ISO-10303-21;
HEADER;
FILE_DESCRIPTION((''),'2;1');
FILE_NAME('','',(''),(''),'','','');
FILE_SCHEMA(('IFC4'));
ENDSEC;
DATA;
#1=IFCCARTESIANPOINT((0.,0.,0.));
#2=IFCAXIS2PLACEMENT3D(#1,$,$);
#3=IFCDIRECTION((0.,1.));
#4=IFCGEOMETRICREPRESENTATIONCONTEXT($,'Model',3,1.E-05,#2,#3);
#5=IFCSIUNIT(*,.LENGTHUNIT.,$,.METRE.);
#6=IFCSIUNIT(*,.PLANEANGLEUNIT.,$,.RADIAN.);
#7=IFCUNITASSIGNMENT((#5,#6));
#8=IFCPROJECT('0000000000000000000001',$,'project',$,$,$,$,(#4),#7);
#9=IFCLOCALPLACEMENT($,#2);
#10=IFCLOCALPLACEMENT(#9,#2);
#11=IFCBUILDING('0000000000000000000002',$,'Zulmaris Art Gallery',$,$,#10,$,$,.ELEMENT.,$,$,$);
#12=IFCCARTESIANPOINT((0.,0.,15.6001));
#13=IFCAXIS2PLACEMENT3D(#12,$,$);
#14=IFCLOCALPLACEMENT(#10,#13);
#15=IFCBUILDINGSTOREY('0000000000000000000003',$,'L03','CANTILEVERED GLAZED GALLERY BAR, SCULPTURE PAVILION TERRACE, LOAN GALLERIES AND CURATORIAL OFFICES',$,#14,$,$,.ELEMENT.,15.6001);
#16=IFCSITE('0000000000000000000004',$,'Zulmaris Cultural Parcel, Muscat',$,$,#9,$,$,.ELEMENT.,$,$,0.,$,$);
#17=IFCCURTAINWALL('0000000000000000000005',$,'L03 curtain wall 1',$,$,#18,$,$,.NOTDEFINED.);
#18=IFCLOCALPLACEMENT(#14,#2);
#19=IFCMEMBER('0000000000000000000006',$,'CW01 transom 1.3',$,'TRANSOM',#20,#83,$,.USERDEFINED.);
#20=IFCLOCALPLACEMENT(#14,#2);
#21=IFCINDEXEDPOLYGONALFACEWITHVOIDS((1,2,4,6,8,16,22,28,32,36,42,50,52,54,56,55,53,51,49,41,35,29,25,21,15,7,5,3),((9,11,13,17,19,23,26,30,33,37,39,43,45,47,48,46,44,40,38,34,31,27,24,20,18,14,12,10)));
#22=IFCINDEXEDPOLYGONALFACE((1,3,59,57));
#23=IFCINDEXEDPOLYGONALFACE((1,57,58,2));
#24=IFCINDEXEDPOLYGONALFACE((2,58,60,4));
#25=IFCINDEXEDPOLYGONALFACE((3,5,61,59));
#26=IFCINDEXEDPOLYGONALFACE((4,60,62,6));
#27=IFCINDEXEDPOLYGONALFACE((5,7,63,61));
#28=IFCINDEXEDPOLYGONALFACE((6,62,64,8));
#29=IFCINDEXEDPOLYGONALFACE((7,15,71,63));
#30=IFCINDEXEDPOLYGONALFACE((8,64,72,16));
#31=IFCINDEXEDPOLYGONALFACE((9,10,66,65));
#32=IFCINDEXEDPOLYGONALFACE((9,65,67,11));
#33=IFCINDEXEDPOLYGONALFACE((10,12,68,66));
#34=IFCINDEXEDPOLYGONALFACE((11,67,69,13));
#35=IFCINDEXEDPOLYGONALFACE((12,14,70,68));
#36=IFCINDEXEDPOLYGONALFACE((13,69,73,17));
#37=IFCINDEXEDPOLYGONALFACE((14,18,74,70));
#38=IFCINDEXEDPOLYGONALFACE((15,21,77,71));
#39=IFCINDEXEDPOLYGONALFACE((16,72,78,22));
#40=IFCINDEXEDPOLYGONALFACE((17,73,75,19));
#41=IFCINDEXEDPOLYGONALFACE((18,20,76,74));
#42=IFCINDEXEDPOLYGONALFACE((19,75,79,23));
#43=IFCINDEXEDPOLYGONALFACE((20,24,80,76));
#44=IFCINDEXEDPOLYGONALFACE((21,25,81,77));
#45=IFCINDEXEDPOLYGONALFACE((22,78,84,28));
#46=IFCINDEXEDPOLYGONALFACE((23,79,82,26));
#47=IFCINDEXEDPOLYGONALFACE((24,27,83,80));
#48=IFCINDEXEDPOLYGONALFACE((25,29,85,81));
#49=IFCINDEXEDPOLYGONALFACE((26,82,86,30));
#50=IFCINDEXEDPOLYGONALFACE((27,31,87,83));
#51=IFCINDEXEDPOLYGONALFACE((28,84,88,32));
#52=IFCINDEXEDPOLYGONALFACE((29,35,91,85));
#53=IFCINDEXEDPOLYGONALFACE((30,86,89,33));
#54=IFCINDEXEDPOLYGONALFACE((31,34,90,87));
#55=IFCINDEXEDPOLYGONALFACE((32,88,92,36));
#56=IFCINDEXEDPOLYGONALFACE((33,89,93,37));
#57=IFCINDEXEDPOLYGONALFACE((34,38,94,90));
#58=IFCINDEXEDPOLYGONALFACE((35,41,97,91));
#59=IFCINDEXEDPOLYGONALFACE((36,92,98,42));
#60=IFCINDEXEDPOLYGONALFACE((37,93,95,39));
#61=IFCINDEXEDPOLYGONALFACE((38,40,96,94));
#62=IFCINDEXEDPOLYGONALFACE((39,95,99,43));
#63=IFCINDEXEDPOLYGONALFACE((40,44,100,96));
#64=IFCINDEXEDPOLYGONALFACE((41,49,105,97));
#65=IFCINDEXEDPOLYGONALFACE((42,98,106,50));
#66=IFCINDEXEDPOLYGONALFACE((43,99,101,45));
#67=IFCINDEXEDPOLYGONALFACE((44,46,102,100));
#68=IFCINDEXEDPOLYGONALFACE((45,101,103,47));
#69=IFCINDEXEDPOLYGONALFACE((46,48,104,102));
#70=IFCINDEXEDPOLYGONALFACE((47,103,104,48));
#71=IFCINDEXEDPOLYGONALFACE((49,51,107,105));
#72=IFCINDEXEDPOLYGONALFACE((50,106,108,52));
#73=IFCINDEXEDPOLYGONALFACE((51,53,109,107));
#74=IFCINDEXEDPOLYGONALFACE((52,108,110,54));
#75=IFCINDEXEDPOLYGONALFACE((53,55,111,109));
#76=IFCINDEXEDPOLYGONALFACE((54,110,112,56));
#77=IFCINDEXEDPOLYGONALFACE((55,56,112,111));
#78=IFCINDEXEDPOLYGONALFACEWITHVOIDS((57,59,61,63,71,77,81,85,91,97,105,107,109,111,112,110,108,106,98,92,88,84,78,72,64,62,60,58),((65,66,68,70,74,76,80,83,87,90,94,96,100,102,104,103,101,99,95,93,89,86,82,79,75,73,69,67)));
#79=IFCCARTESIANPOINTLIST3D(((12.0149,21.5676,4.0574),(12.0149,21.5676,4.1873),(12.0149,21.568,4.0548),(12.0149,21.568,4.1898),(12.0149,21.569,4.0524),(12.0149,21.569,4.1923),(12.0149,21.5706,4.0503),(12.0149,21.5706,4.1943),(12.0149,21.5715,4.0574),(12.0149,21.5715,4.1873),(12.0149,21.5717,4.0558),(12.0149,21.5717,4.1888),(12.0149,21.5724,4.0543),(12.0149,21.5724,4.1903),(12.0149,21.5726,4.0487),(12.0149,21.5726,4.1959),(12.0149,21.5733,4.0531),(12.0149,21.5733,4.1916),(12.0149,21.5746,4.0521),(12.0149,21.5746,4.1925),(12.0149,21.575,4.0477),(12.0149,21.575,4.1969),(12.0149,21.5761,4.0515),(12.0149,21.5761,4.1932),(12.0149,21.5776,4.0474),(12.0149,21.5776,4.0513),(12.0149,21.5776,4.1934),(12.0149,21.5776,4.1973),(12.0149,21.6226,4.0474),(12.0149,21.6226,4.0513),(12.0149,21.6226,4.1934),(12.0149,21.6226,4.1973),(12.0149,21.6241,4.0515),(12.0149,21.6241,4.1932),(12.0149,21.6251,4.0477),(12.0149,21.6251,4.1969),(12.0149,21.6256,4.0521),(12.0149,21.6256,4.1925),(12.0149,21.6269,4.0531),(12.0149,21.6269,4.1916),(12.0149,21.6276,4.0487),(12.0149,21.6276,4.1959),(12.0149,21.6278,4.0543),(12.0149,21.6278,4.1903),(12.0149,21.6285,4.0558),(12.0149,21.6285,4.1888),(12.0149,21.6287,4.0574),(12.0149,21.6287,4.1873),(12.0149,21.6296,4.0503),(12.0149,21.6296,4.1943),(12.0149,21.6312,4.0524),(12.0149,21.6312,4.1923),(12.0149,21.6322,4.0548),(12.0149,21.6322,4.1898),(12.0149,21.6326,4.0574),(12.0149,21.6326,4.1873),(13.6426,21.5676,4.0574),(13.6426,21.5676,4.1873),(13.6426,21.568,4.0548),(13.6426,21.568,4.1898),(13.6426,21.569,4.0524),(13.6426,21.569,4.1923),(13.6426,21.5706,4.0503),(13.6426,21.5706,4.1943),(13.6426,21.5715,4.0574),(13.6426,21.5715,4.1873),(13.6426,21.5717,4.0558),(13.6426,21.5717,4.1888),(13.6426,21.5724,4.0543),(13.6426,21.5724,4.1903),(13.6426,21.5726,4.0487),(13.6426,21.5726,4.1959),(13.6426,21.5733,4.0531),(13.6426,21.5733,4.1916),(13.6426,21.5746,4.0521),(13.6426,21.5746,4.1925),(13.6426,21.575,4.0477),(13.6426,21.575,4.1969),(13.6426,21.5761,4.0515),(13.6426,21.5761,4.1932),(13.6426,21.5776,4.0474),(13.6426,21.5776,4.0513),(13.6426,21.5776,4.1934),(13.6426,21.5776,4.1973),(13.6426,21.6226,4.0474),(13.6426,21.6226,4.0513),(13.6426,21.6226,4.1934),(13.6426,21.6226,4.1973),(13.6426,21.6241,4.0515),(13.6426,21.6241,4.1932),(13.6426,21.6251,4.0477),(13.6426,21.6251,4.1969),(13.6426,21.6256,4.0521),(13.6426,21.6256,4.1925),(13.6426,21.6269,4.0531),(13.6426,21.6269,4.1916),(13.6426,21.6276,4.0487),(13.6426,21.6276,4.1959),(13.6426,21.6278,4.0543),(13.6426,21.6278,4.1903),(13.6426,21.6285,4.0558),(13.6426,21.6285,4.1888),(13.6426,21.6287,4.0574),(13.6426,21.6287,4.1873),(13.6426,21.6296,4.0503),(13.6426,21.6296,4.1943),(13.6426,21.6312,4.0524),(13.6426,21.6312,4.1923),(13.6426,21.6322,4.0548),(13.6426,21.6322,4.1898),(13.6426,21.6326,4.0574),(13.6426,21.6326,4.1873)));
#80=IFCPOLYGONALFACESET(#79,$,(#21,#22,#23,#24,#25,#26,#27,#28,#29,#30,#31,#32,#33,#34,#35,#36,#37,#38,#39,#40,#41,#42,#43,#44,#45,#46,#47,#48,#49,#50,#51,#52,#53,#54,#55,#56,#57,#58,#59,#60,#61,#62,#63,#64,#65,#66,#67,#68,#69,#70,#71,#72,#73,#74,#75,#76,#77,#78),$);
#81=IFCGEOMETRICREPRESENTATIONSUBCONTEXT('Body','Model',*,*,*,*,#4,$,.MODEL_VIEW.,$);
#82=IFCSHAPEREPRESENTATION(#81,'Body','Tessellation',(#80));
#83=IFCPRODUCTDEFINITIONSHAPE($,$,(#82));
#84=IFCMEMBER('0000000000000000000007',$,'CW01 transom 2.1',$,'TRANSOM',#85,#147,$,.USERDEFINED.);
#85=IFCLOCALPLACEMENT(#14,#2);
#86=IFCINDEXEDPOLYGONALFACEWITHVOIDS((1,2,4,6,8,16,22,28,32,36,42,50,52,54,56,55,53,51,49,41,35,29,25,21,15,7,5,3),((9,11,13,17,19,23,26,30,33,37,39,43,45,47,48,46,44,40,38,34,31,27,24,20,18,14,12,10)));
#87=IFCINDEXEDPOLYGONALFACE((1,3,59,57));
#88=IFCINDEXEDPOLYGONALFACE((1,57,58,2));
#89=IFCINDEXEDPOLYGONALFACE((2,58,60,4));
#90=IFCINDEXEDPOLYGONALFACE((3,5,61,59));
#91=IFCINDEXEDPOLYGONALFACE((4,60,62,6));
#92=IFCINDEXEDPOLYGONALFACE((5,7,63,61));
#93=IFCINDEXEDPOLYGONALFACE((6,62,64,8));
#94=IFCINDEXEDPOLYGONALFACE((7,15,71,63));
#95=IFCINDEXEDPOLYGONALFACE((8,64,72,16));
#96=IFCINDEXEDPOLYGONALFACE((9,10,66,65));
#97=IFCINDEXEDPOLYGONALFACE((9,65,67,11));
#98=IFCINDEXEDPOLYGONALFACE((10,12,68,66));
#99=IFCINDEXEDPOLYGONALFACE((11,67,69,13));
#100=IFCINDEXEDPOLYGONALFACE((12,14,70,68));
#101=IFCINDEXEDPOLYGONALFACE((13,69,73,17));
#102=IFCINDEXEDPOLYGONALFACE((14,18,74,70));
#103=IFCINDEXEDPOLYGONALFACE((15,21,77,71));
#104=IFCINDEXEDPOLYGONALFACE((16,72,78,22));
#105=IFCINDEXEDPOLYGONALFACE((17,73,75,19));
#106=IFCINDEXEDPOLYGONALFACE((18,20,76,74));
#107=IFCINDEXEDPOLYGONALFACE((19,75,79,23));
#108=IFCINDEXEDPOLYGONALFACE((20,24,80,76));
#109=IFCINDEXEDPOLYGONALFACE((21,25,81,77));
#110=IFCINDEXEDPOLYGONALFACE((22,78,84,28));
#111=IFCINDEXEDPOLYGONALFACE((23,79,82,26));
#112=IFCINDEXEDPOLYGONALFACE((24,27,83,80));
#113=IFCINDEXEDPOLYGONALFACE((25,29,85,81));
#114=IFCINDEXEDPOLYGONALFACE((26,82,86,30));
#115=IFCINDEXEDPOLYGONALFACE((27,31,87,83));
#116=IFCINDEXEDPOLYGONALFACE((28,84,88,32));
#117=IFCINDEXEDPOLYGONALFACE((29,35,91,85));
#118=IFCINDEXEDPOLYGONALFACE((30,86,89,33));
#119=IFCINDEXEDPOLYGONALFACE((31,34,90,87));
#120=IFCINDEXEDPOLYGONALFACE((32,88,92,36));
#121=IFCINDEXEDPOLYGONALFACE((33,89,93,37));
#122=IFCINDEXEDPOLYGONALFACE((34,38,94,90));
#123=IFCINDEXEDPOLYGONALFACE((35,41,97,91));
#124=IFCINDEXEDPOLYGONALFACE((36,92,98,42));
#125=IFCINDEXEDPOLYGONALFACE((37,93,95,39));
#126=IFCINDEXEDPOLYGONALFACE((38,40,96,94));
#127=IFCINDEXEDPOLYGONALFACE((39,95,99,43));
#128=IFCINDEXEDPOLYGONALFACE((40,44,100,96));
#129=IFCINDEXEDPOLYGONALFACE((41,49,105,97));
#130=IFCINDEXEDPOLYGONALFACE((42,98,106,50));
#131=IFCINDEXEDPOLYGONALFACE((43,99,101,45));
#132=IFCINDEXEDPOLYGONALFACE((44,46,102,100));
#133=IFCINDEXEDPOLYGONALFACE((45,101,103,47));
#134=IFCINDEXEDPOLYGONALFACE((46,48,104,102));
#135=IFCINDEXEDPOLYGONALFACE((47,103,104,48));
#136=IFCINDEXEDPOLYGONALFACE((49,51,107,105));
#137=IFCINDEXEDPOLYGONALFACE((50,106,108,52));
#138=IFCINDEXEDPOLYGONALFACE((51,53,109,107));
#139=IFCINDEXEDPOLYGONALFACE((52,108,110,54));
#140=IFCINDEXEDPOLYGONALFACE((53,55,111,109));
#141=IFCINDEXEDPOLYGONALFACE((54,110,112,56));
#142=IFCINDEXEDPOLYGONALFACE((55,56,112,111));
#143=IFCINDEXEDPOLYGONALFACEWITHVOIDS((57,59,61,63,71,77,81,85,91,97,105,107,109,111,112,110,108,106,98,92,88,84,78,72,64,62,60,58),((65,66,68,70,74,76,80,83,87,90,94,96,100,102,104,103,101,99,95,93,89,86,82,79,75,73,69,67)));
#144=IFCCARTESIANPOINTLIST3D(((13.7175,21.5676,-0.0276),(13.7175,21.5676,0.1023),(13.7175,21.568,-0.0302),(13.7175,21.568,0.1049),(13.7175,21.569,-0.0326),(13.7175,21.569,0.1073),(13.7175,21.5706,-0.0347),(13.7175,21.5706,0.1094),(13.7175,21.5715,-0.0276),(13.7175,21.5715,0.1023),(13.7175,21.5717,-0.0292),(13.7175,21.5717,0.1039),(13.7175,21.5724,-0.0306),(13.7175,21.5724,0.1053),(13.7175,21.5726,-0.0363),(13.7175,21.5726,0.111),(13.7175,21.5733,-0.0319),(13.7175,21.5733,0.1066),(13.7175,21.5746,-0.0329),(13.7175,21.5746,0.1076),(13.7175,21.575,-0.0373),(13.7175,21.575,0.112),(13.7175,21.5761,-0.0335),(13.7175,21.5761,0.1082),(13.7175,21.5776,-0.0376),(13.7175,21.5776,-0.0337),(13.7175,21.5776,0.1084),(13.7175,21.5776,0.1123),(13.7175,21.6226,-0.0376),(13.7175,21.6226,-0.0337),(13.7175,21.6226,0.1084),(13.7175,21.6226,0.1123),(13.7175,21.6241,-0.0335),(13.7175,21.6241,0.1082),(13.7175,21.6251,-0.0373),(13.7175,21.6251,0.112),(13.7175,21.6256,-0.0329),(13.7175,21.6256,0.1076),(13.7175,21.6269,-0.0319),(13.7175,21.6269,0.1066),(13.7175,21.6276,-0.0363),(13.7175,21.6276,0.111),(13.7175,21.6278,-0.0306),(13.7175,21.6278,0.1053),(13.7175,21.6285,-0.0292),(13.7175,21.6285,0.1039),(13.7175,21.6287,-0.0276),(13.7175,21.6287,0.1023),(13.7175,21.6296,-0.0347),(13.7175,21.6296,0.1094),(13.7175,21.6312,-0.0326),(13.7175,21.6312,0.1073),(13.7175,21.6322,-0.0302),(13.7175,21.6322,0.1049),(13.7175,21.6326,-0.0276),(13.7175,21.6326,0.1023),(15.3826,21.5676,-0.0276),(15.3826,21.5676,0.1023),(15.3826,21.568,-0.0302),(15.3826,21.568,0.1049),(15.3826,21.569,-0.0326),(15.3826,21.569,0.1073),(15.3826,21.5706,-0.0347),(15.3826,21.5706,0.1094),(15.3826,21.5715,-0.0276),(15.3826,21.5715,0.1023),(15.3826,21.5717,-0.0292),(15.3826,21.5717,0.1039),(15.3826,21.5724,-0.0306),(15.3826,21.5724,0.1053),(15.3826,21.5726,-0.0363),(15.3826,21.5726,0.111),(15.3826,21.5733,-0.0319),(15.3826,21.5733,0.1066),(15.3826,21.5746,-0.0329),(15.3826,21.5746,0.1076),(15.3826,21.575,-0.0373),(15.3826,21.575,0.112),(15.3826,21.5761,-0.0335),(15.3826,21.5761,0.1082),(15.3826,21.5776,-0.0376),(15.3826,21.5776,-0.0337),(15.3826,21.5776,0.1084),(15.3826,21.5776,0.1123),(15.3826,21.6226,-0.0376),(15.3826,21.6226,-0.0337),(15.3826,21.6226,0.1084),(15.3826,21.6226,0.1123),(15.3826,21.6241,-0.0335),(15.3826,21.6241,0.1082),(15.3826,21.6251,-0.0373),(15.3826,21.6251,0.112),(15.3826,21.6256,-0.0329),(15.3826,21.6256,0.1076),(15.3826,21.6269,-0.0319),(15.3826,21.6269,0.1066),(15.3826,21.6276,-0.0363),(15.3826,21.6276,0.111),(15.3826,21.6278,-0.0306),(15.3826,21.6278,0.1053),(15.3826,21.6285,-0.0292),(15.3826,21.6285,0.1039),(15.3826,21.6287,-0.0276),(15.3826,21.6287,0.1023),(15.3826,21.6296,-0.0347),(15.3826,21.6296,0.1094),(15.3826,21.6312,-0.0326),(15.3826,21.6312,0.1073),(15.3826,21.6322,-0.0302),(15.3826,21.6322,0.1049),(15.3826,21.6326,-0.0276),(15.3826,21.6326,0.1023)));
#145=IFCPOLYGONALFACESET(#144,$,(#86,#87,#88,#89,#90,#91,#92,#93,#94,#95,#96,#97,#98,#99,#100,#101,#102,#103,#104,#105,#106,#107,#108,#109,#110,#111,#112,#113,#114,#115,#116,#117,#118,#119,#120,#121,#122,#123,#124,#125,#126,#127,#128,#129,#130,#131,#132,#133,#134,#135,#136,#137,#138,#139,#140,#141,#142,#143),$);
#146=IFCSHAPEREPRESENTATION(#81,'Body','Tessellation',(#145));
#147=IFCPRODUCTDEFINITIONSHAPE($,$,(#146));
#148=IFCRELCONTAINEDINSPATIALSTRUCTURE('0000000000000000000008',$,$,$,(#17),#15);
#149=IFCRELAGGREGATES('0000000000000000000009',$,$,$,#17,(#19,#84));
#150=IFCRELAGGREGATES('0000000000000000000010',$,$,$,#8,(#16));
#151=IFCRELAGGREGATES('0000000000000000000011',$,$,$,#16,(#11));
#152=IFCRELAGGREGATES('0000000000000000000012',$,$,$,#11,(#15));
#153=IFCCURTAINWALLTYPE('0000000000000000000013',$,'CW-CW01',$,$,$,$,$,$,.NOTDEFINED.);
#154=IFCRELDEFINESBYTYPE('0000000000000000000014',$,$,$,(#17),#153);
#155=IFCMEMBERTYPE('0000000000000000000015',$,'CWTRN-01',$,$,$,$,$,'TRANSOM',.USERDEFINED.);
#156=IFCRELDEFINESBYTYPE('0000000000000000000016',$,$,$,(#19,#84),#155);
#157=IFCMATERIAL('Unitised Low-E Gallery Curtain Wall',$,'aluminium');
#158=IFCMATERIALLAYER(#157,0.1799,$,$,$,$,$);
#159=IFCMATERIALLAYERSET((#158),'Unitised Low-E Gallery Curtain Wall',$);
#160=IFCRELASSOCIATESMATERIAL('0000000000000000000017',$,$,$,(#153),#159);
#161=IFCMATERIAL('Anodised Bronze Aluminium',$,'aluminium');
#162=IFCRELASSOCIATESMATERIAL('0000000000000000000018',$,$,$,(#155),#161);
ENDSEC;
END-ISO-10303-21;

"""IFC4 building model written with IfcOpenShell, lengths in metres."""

from ifc_helpers import new_model, si_unit, direction, frame, origin, origin_2d, place, context, subcontext, project, spatial, hollow_rectangle, extrude, material, layer, layer_set, material_profile, profile_set, type_object, element, aggregate, save


model = new_model("IFC4")

# Units and contexts
model_context = context("Model", 3, precision=1e-05, world=origin(), true_north=direction((0.0, 1.0)))
body_context = subcontext(model_context, "Body", "Model", "MODEL_VIEW")
ifc_project = project(units=[si_unit("LENGTHUNIT", "METRE"), si_unit("PLANEANGLEUNIT", "RADIAN")], contexts=[model_context])

# Site, building, storey
site_placement = place(None, origin())
site = spatial("IfcSite", under=ifc_project, at=site_placement, Name="Zulmaris Cultural Parcel, Muscat", CompositionType="ELEMENT", RefElevation=0.0)
building_placement = place(site_placement, origin())
building = spatial("IfcBuilding", under=site, at=building_placement, Name="Zulmaris Art Gallery", CompositionType="ELEMENT")
storey_placement = place(building_placement, frame((0.0, 0.0, 15.6001)))
storey = spatial("IfcBuildingStorey", under=building, at=storey_placement, Name="L03", Description="CANTILEVERED GLAZED GALLERY BAR, SCULPTURE PAVILION TERRACE, LOAN GALLERIES AND CURATORIAL OFFICES", CompositionType="ELEMENT", Elevation=15.6001)

# Curtain wall
ifc_material_1 = material(Name="Unitised Low-E Gallery Curtain Wall", Category="aluminium")
ifc_layer_1 = layer(ifc_material_1, 0.1799)
ifc_layer_set_1 = layer_set([ifc_layer_1], Name="Unitised Low-E Gallery Curtain Wall")
curtain_wall_type = type_object("IfcCurtainWallType", Name="CW-CW01", PredefinedType="NOTDEFINED", material=ifc_layer_set_1)
curtain_wall_1_placement = place(storey_placement, origin())
curtain_wall_1 = element("IfcCurtainWall", 1, at=curtain_wall_1_placement, inside=storey, type_object=curtain_wall_type, Name="L03 curtain wall 1", PredefinedType="NOTDEFINED")
ifc_material_2 = material(Name="Anodised Bronze Aluminium", Category="aluminium")

# Members
ifc_material_profile_1 = material_profile(ifc_material_2, hollow_rectangle(XDim=0.0649, YDim=0.1499, WallThickness=0.0039, InnerFilletRadius=0.0061, OuterFilletRadius=0.01, at=origin_2d()), Name="ALU 65x150x4")
ifc_profile_set_1 = profile_set([ifc_material_profile_1], Name="Anodised Bronze Aluminium")
member_type_1 = type_object("IfcMemberType", Name="CWTRN-01", ElementType="TRANSOM", PredefinedType="USERDEFINED", material=ifc_profile_set_1)
member_1_placement = place(storey_placement, frame((12.0149, 21.6001, 4.1223), z_axis=(1.0, 0.0, 0.0), x_axis=(0.0, 1.0, 0.0)))
member_1 = element("IfcMember", 2, at=member_1_placement, type_object=member_type_1, Name="CW01 transom 1.3", ObjectType="TRANSOM", PredefinedType="USERDEFINED", context=body_context, shape_type="SweptSolid", body=[
    extrude(hollow_rectangle(XDim=0.0649, YDim=0.1499, WallThickness=0.0039, InnerFilletRadius=0.0061, OuterFilletRadius=0.01, at=origin_2d()), origin(), (0.0, 0.0, 1.0), 1.6277),
])
member_2_placement = place(storey_placement, frame((13.7175, 21.6001, 0.0374), z_axis=(1.0, 0.0, 0.0), x_axis=(0.0, 1.0, 0.0)))
member_2 = element("IfcMember", 3, at=member_2_placement, type_object=member_type_1, Name="CW01 transom 2.1", ObjectType="TRANSOM", PredefinedType="USERDEFINED", context=body_context, shape_type="SweptSolid", body=[
    extrude(hollow_rectangle(XDim=0.0649, YDim=0.1499, WallThickness=0.0039, InnerFilletRadius=0.0061, OuterFilletRadius=0.01, at=origin_2d()), origin(), (0.0, 0.0, 1.0), 1.665),
])

aggregate(curtain_wall_1, [member_1, member_2])

save(model, "model.ifc")
